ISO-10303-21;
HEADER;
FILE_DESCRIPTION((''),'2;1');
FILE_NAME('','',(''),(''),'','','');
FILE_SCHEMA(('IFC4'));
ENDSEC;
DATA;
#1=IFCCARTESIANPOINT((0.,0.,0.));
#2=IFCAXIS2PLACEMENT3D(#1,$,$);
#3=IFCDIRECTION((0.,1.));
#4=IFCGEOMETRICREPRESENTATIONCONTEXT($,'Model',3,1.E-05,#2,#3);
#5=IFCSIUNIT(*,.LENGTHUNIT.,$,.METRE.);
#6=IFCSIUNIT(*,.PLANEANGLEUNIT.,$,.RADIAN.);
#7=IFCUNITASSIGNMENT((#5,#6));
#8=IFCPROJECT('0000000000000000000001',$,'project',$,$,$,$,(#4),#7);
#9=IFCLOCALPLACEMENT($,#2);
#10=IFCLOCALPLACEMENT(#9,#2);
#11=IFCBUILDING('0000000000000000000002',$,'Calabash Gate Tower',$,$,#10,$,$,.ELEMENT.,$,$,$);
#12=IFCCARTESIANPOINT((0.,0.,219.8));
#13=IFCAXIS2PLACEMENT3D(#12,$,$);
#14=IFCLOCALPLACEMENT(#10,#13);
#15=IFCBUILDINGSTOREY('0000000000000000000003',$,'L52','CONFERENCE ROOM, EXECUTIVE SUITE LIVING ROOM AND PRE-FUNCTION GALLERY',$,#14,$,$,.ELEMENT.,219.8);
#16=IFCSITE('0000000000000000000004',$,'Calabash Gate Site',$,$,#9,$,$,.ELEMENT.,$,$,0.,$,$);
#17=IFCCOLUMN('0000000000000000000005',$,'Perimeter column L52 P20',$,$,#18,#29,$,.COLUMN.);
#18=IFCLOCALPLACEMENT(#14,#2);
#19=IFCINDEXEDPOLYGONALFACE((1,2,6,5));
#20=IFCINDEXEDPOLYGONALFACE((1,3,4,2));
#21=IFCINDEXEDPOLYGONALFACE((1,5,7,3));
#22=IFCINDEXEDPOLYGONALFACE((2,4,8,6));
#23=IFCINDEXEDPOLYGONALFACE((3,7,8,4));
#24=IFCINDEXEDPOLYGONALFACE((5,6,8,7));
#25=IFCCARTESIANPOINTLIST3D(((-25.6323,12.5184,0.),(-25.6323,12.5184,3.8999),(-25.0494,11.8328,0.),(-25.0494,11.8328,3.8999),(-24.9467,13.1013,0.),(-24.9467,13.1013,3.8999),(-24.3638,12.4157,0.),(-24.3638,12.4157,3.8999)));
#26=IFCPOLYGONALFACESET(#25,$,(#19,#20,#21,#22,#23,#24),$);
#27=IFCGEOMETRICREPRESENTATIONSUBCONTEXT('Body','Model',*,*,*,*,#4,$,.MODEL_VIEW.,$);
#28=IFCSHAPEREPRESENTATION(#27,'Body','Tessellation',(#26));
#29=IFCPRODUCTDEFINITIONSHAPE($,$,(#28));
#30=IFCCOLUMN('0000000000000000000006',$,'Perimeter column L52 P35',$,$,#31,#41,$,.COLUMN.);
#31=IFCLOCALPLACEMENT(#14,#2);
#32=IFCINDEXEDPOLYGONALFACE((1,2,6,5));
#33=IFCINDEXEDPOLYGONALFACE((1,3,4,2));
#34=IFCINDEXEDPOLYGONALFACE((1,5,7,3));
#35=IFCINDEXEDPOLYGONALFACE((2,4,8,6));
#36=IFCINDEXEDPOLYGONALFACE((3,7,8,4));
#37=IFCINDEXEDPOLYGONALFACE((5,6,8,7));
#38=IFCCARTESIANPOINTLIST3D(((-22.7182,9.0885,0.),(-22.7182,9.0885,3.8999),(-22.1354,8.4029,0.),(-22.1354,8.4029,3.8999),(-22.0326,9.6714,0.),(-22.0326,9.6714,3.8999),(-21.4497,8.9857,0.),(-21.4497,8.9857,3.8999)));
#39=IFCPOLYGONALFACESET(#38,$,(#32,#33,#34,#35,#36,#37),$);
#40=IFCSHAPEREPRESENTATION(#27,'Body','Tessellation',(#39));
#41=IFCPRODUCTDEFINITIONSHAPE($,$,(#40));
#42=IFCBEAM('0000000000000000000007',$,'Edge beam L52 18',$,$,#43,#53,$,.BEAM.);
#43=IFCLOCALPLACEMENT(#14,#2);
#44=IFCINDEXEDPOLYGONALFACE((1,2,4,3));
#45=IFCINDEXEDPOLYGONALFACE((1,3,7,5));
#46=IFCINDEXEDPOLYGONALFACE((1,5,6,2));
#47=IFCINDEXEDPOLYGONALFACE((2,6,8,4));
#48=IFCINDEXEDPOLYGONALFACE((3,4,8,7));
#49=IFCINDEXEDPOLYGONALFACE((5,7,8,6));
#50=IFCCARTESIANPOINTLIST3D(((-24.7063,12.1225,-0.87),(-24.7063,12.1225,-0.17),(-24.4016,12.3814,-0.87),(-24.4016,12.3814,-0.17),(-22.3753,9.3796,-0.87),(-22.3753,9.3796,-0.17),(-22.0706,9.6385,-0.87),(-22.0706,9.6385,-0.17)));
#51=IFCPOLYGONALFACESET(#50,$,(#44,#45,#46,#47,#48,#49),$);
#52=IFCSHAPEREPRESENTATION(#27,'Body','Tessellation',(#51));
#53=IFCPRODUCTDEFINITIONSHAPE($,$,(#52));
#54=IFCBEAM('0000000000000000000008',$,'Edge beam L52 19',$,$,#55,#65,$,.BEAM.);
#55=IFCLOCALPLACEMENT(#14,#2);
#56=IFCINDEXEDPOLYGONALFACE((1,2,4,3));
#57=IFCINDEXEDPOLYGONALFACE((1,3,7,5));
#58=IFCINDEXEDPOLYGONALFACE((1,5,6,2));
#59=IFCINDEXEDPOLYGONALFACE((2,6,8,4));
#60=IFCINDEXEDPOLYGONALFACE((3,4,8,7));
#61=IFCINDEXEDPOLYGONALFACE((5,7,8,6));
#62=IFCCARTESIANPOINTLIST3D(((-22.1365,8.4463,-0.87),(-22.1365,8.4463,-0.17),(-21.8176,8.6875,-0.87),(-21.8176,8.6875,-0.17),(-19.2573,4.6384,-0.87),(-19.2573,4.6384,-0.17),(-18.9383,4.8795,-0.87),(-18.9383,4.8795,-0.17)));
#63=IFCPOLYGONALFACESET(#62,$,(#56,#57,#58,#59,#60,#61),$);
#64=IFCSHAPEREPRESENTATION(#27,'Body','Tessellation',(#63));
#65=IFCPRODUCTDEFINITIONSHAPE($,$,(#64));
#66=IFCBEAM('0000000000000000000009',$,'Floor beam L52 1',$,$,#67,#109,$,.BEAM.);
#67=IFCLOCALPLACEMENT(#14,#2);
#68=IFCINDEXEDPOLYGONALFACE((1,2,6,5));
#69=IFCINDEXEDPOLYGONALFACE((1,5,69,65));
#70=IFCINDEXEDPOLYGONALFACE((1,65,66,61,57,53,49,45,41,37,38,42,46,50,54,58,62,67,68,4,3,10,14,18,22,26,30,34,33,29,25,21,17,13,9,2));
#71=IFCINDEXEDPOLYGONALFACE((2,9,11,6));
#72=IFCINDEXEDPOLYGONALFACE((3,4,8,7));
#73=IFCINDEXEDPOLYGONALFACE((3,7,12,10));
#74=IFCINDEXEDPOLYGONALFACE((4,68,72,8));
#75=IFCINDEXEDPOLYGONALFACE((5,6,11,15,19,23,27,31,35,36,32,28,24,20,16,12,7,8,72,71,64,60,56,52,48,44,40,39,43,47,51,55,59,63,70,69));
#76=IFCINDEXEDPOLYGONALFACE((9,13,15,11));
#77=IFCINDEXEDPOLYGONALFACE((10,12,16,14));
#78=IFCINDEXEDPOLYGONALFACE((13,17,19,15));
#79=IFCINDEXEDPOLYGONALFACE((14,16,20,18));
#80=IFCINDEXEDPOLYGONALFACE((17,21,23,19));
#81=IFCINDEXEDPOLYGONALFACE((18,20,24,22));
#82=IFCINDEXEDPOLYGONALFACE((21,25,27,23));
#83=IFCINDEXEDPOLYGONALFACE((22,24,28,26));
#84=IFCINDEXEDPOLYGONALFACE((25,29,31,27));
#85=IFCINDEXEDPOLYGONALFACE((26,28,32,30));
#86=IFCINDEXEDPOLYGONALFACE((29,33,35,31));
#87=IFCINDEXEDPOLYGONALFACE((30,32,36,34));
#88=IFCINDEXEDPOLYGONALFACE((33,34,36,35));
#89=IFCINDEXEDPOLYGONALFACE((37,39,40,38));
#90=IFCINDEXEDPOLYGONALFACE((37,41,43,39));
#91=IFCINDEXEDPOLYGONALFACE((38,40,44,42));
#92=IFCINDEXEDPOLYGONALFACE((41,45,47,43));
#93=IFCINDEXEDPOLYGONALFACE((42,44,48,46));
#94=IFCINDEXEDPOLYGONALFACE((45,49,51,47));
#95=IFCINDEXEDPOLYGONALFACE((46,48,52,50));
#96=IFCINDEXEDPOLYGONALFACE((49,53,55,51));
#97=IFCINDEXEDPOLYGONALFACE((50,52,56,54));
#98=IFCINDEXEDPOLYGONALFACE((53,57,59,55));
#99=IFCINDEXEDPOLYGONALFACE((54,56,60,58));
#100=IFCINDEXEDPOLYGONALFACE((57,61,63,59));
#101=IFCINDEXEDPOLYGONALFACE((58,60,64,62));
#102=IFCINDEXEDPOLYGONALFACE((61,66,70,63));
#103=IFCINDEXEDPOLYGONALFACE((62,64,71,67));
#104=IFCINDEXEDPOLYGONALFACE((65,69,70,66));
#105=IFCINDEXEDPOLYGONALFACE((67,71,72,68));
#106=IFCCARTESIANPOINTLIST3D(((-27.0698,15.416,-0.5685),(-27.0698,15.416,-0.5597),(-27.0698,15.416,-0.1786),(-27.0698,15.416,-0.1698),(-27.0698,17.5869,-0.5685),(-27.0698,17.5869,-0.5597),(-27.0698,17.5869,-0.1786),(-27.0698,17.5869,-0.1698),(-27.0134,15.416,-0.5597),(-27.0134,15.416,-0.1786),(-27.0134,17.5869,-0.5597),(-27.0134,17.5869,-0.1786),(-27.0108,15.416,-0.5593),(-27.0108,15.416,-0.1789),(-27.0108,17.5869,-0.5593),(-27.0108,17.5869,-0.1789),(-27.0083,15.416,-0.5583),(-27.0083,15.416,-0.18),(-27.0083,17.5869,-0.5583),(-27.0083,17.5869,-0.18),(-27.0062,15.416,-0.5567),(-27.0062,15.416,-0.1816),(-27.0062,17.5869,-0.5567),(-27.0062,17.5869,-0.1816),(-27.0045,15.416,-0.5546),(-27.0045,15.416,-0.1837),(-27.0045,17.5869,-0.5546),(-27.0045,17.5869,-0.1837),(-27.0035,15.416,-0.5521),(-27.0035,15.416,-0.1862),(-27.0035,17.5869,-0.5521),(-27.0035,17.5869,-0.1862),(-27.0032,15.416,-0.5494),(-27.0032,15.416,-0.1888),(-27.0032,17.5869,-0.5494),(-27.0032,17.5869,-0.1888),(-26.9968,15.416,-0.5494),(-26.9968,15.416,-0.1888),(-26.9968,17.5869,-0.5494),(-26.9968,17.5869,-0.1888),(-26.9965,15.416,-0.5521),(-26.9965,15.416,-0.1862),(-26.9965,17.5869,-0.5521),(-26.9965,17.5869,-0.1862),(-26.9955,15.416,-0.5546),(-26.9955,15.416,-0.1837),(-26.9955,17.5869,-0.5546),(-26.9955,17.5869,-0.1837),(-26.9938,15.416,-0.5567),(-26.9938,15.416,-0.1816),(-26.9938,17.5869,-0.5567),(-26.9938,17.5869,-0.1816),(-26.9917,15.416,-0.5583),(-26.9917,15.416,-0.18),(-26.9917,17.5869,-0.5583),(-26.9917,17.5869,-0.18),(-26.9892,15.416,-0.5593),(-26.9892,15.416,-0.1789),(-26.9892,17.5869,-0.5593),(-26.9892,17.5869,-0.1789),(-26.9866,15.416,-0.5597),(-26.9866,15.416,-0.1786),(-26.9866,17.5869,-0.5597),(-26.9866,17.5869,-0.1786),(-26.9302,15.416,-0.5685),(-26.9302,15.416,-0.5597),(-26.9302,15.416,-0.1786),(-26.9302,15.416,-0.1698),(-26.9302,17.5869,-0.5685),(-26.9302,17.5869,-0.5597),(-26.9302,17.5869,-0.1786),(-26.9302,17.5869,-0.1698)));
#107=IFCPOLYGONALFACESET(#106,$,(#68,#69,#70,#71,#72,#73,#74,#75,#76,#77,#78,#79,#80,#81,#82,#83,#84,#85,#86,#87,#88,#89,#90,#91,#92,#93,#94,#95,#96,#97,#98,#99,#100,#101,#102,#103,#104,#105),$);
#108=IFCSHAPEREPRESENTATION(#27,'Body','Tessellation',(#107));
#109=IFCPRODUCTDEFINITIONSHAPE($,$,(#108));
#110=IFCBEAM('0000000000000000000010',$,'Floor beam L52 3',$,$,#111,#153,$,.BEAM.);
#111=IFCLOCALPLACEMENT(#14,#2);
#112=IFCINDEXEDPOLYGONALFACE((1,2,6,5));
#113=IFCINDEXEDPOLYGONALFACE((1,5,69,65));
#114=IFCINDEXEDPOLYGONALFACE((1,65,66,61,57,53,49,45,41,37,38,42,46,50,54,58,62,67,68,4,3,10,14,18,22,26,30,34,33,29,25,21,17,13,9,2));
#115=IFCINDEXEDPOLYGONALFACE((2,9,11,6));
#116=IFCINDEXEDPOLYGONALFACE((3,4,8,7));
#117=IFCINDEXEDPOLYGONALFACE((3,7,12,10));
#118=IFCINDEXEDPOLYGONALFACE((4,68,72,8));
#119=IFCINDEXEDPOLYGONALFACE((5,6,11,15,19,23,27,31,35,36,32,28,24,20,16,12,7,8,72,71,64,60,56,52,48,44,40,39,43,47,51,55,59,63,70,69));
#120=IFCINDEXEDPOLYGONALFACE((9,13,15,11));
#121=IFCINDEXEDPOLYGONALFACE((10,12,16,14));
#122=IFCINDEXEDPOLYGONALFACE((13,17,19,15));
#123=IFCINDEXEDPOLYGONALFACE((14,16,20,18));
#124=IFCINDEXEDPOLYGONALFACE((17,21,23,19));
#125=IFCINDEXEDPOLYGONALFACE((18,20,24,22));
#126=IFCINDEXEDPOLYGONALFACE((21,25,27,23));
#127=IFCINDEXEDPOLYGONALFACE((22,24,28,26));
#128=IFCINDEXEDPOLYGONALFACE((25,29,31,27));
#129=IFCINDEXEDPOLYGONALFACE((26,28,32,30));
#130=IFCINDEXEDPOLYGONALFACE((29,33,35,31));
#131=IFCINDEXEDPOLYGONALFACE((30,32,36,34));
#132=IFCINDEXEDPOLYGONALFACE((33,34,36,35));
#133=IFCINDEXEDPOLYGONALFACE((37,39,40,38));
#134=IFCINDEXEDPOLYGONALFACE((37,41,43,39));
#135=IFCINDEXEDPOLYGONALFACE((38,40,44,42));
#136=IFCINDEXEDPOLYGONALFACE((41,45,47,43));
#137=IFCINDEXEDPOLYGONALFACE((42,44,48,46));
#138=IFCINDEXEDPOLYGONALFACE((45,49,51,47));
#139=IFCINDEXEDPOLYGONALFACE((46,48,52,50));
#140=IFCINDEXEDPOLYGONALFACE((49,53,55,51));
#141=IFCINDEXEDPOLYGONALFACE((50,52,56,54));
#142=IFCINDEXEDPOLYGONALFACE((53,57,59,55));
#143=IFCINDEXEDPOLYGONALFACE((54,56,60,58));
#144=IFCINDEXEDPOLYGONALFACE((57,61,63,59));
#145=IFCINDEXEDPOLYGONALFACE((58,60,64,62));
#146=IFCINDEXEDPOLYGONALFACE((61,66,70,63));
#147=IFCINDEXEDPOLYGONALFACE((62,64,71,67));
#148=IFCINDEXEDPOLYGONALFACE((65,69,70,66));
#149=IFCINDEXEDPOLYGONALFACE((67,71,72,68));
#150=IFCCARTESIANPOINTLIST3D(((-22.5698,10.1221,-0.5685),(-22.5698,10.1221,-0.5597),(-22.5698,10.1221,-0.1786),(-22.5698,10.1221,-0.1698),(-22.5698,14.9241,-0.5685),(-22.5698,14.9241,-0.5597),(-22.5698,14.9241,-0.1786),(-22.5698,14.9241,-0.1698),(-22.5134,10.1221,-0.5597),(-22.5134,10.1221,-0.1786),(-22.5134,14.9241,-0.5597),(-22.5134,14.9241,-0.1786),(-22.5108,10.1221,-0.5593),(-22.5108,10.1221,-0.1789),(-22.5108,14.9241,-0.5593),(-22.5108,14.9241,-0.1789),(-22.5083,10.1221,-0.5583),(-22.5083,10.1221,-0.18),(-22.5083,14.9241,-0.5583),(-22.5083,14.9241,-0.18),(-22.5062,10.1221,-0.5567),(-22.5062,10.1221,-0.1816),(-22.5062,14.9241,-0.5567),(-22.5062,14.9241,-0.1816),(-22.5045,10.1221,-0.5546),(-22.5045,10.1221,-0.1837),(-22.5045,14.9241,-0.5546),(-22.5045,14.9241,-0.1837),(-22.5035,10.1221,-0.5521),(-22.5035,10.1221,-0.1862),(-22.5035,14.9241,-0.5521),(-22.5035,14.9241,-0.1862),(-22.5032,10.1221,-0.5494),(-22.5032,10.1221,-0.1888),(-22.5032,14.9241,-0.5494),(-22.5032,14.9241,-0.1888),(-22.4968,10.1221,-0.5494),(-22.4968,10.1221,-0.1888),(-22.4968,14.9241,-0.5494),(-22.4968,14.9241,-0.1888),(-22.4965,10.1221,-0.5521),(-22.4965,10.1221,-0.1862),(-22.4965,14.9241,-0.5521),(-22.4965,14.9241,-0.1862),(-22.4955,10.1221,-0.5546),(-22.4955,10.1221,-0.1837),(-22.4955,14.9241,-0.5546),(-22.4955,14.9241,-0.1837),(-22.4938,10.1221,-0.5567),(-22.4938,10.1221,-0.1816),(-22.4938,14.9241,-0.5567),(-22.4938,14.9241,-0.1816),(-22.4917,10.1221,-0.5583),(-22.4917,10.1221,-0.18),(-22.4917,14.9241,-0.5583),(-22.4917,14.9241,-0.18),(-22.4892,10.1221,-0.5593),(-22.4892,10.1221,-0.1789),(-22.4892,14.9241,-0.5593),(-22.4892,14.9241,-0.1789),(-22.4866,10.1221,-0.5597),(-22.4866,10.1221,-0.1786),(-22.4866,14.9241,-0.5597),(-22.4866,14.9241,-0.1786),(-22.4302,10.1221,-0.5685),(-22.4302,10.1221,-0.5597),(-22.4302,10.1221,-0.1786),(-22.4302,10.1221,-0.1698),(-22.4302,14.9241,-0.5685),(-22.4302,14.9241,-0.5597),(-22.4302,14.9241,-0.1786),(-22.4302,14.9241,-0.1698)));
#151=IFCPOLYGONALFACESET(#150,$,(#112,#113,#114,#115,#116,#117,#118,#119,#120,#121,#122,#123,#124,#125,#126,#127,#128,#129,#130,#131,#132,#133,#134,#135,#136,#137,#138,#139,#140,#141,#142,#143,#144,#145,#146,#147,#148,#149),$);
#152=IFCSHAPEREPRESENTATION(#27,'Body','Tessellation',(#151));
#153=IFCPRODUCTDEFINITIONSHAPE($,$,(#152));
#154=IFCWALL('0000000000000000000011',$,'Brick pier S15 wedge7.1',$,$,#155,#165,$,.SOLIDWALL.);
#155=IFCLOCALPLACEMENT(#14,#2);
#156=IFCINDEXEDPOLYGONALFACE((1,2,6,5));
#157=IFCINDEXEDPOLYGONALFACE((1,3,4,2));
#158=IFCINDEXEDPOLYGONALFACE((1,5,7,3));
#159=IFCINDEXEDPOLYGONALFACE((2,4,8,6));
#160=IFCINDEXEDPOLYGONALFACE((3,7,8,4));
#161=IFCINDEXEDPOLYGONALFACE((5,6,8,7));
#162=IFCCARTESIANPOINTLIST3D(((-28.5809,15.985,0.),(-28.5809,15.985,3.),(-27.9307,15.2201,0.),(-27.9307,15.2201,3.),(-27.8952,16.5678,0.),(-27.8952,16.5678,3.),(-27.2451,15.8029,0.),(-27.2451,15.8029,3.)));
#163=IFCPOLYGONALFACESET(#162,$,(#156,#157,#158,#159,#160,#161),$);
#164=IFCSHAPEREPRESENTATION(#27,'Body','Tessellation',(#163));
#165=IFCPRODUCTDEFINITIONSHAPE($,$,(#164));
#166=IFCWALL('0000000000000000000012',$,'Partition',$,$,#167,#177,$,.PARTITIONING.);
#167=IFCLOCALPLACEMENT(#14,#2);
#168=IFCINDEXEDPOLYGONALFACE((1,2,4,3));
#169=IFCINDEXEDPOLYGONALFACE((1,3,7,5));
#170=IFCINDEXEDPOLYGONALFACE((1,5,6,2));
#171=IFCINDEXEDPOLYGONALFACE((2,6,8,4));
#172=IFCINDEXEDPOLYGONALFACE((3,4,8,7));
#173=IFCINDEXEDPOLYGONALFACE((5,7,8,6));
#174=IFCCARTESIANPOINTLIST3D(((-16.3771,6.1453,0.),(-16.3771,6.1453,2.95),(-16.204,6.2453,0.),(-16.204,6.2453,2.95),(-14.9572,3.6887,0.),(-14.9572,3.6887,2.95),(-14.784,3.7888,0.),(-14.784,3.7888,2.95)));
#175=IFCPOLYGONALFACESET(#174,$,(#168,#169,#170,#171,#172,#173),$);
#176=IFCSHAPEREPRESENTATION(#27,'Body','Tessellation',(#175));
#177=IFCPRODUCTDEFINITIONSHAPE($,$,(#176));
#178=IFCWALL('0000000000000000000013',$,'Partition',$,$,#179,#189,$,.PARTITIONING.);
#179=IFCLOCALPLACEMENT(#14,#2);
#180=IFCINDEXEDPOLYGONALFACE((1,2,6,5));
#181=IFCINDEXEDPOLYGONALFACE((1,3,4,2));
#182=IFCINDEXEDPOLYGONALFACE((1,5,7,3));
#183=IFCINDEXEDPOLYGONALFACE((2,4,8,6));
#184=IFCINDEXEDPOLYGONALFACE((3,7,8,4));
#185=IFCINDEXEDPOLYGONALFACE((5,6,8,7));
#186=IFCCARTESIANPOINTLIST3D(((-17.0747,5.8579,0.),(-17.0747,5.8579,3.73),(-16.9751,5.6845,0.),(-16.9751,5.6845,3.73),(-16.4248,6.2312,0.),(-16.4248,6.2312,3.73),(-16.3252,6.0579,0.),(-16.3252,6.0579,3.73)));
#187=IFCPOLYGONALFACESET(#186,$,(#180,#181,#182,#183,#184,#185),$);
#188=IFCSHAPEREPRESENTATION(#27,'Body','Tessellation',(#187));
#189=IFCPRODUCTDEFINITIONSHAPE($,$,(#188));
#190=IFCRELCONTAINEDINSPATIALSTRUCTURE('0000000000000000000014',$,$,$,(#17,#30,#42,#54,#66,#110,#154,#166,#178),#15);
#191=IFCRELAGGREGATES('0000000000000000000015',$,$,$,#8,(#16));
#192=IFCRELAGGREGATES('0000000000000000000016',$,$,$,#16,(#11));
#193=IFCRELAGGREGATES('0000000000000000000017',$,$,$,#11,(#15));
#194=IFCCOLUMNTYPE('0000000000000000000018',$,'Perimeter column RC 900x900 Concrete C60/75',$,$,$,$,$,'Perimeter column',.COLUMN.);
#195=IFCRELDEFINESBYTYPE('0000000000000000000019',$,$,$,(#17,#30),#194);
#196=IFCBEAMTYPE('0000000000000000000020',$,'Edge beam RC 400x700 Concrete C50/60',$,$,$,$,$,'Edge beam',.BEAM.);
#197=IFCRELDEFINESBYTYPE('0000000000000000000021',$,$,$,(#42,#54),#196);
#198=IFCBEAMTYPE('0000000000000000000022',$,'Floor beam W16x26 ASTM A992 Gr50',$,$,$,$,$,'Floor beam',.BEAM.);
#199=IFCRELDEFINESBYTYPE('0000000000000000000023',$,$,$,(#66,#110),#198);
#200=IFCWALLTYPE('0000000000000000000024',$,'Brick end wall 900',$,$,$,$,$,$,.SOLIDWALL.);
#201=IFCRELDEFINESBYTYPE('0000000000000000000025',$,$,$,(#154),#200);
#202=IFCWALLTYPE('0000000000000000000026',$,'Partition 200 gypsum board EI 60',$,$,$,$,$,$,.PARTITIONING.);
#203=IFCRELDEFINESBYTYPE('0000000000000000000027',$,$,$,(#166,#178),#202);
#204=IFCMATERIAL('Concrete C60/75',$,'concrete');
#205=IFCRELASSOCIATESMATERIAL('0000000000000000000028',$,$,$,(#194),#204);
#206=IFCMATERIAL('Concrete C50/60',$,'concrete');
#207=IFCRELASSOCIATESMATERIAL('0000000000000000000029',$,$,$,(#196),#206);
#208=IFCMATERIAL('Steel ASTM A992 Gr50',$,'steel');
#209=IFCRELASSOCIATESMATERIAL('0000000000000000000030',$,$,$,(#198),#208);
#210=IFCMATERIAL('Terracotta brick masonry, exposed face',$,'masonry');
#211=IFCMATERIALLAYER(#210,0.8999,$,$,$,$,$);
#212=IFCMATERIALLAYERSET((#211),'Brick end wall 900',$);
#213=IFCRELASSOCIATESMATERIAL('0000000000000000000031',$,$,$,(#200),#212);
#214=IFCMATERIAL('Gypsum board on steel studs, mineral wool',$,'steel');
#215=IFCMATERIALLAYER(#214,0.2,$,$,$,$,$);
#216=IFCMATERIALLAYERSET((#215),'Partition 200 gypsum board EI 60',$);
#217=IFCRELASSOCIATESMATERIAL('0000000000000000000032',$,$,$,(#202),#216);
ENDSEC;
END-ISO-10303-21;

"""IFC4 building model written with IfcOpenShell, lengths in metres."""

from ifc_helpers import new_model, si_unit, direction, frame, frame_2d, origin, origin_2d, place, context, subcontext, project, spatial, rectangle, i_section, extrude, material, layer, layer_set, material_profile, profile_set, type_object, element, save


model = new_model("IFC4")

# Units and contexts
model_context = context("Model", 3, precision=1e-05, world=origin(), true_north=direction((0.0, 1.0)))
body_context = subcontext(model_context, "Body", "Model", "MODEL_VIEW")
ifc_project = project(units=[si_unit("LENGTHUNIT", "METRE"), si_unit("PLANEANGLEUNIT", "RADIAN")], contexts=[model_context])

# Site, building, storey
site_placement = place(None, origin())
site = spatial("IfcSite", under=ifc_project, at=site_placement, Name="Calabash Gate Site", CompositionType="ELEMENT", RefElevation=0.0)
building_placement = place(site_placement, origin())
building = spatial("IfcBuilding", under=site, at=building_placement, Name="Calabash Gate Tower", CompositionType="ELEMENT")
storey_placement = place(building_placement, frame((0.0, 0.0, 219.8)))
storey = spatial("IfcBuildingStorey", under=building, at=storey_placement, Name="L52", Description="CONFERENCE ROOM, EXECUTIVE SUITE LIVING ROOM AND PRE-FUNCTION GALLERY", CompositionType="ELEMENT", Elevation=219.8)

# Columns
ifc_material_1 = material(Name="Concrete C60/75", Category="concrete")
ifc_material_profile_1 = material_profile(ifc_material_1, rectangle(XDim=0.8999, YDim=0.8999, at=origin_2d()))
ifc_profile_set_1 = profile_set([ifc_material_profile_1], Name="Concrete C60/75")
column_type = type_object("IfcColumnType", Name="Perimeter column RC 900x900 Concrete C60/75", ElementType="Perimeter column", PredefinedType="COLUMN", material=ifc_profile_set_1)
for number, where, z_axis, x_axis, name in (
    (1, (-24.998, 12.467, 0.0), (0.0, 0.0, 1.0), (0.647704, -0.761892, 0.0), "Perimeter column L52 P20"),
    (2, (-22.084, 9.0371, 0.0), (0.0, 0.0, 1.0), (0.647704, -0.761892, 0.0), "Perimeter column L52 P35"),
):
    element("IfcColumn", number, at=place(storey_placement, frame(where, z_axis=z_axis, x_axis=x_axis)), inside=storey, type_object=column_type, Name=name, PredefinedType="COLUMN", context=body_context, shape_type="SweptSolid", body=[
        extrude(rectangle(XDim=0.8999, YDim=0.8999, at=origin_2d()), origin(), (0.0, 0.0, 1.0), 3.8999),
    ])

# Beams
ifc_material_2 = material(Name="Concrete C50/60", Category="concrete")
ifc_material_profile_2 = material_profile(ifc_material_2, rectangle(XDim=0.3999, YDim=0.7, at=origin_2d()))
ifc_profile_set_2 = profile_set([ifc_material_profile_2], Name="Concrete C50/60")
beam_type_1 = type_object("IfcBeamType", Name="Edge beam RC 400x700 Concrete C50/60", ElementType="Edge beam", PredefinedType="BEAM", material=ifc_profile_set_2)
beam_1_placement = place(storey_placement, frame((-24.554, 12.252, -0.52), z_axis=(0.64758, -0.761998, 0.0), x_axis=(0.761998, 0.64758, 0.0)))
element("IfcBeam", 3, at=beam_1_placement, inside=storey, type_object=beam_type_1, Name="Edge beam L52 18", PredefinedType="BEAM", context=body_context, shape_type="SweptSolid", body=[
    extrude(rectangle(XDim=0.3999, YDim=0.7, at=origin_2d()), origin(), (0.0, 0.0, 1.0), 3.5996),
])
beam_2_placement = place(storey_placement, frame((-21.9771, 8.5669, -0.52), z_axis=(0.603113, -0.797656, 0.0), x_axis=(0.797656, 0.603113, 0.0)))
element("IfcBeam", 4, at=beam_2_placement, inside=storey, type_object=beam_type_1, Name="Edge beam L52 19", PredefinedType="BEAM", context=body_context, shape_type="SweptSolid", body=[
    extrude(rectangle(XDim=0.3999, YDim=0.7, at=origin_2d()), origin(), (0.0, 0.0, 1.0), 4.7739),
])
ifc_material_3 = material(Name="Steel ASTM A992 Gr50", Category="steel")
ifc_material_profile_3 = material_profile(ifc_material_3, i_section(OverallWidth=0.1396, OverallDepth=0.3987, WebThickness=0.0063, FlangeThickness=0.0088, FilletRadius=0.0103, at=origin_2d()))
ifc_profile_set_3 = profile_set([ifc_material_profile_3], Name="Steel ASTM A992 Gr50")
beam_type_2 = type_object("IfcBeamType", Name="Floor beam W16x26 ASTM A992 Gr50", ElementType="Floor beam", PredefinedType="BEAM", material=ifc_profile_set_3)
beam_3_placement = place(storey_placement, frame((-27.0, 15.416, -0.3691), z_axis=(0.0, 1.0, 0.0), x_axis=(-1.0, 0.0, 0.0)))
element("IfcBeam", 5, at=beam_3_placement, inside=storey, type_object=beam_type_2, Name="Floor beam L52 1", PredefinedType="BEAM", context=body_context, shape_type="SweptSolid", body=[
    extrude(i_section(OverallWidth=0.1396, OverallDepth=0.3987, WebThickness=0.0063, FlangeThickness=0.0088, FilletRadius=0.0103, at=origin_2d()), origin(), (0.0, 0.0, 1.0), 2.1709),
])
beam_4_placement = place(storey_placement, frame((-22.5, 10.1221, -0.3691), z_axis=(0.0, 1.0, 0.0), x_axis=(-1.0, 0.0, 0.0)))
element("IfcBeam", 6, at=beam_4_placement, inside=storey, type_object=beam_type_2, Name="Floor beam L52 3", PredefinedType="BEAM", context=body_context, shape_type="SweptSolid", body=[
    extrude(i_section(OverallWidth=0.1396, OverallDepth=0.3987, WebThickness=0.0063, FlangeThickness=0.0088, FilletRadius=0.0103, at=origin_2d()), origin(), (0.0, 0.0, 1.0), 4.802),
])

# Walls
ifc_material_4 = material(Name="Terracotta brick masonry, exposed face", Category="masonry")
ifc_layer_1 = layer(ifc_material_4, 0.8999)
ifc_layer_set_1 = layer_set([ifc_layer_1], Name="Brick end wall 900")
wall_type_1 = type_object("IfcWallType", Name="Brick end wall 900", PredefinedType="SOLIDWALL", material=ifc_layer_set_1)
wall_1_placement = place(storey_placement, frame((-27.5879, 15.5115, 0.0), z_axis=(0.0, 0.0, 1.0), x_axis=(-0.647641, 0.761945, 0.0)))
element("IfcWall", 7, at=wall_1_placement, inside=storey, type_object=wall_type_1, Name="Brick pier S15 wedge7.1", PredefinedType="SOLIDWALL", context=body_context, shape_type="SweptSolid", body=[
    extrude(rectangle(XDim=1.0039, YDim=0.8999, at=frame_2d((0.502, 0.0))), origin(), (0.0, 0.0, 1.0), 3.0),
])
ifc_material_5 = material(Name="Gypsum board on steel studs, mineral wool", Category="steel")
ifc_layer_2 = layer(ifc_material_5, 0.2)
ifc_layer_set_2 = layer_set([ifc_layer_2], Name="Partition 200 gypsum board EI 60")
wall_type_2 = type_object("IfcWallType", Name="Partition 200 gypsum board EI 60", PredefinedType="PARTITIONING", material=ifc_layer_set_2)
wall_2_placement = place(storey_placement, frame((-16.2905, 6.1953, 0.0), z_axis=(0.0, 0.0, 1.0), x_axis=(0.500432, -0.865776, 0.0)))
element("IfcWall", 8, at=wall_2_placement, inside=storey, type_object=wall_type_2, Name="Partition", PredefinedType="PARTITIONING", context=body_context, shape_type="SweptSolid", body=[
    extrude(rectangle(XDim=2.8374, YDim=0.2, at=frame_2d((1.4187, 0.0))), origin(), (0.0, 0.0, 1.0), 2.95),
])
wall_3_placement = place(storey_placement, frame((-17.0249, 5.7712, 0.0), z_axis=(0.0, 0.0, 1.0), x_axis=(0.867138, 0.498067, 0.0)))
element("IfcWall", 9, at=wall_3_placement, inside=storey, type_object=wall_type_2, Name="Partition", PredefinedType="PARTITIONING", context=body_context, shape_type="SweptSolid", body=[
    extrude(rectangle(XDim=0.7495, YDim=0.2, at=frame_2d((0.3748, 0.0))), origin(), (0.0, 0.0, 1.0), 3.73),
])

save(model, "model.ifc")
